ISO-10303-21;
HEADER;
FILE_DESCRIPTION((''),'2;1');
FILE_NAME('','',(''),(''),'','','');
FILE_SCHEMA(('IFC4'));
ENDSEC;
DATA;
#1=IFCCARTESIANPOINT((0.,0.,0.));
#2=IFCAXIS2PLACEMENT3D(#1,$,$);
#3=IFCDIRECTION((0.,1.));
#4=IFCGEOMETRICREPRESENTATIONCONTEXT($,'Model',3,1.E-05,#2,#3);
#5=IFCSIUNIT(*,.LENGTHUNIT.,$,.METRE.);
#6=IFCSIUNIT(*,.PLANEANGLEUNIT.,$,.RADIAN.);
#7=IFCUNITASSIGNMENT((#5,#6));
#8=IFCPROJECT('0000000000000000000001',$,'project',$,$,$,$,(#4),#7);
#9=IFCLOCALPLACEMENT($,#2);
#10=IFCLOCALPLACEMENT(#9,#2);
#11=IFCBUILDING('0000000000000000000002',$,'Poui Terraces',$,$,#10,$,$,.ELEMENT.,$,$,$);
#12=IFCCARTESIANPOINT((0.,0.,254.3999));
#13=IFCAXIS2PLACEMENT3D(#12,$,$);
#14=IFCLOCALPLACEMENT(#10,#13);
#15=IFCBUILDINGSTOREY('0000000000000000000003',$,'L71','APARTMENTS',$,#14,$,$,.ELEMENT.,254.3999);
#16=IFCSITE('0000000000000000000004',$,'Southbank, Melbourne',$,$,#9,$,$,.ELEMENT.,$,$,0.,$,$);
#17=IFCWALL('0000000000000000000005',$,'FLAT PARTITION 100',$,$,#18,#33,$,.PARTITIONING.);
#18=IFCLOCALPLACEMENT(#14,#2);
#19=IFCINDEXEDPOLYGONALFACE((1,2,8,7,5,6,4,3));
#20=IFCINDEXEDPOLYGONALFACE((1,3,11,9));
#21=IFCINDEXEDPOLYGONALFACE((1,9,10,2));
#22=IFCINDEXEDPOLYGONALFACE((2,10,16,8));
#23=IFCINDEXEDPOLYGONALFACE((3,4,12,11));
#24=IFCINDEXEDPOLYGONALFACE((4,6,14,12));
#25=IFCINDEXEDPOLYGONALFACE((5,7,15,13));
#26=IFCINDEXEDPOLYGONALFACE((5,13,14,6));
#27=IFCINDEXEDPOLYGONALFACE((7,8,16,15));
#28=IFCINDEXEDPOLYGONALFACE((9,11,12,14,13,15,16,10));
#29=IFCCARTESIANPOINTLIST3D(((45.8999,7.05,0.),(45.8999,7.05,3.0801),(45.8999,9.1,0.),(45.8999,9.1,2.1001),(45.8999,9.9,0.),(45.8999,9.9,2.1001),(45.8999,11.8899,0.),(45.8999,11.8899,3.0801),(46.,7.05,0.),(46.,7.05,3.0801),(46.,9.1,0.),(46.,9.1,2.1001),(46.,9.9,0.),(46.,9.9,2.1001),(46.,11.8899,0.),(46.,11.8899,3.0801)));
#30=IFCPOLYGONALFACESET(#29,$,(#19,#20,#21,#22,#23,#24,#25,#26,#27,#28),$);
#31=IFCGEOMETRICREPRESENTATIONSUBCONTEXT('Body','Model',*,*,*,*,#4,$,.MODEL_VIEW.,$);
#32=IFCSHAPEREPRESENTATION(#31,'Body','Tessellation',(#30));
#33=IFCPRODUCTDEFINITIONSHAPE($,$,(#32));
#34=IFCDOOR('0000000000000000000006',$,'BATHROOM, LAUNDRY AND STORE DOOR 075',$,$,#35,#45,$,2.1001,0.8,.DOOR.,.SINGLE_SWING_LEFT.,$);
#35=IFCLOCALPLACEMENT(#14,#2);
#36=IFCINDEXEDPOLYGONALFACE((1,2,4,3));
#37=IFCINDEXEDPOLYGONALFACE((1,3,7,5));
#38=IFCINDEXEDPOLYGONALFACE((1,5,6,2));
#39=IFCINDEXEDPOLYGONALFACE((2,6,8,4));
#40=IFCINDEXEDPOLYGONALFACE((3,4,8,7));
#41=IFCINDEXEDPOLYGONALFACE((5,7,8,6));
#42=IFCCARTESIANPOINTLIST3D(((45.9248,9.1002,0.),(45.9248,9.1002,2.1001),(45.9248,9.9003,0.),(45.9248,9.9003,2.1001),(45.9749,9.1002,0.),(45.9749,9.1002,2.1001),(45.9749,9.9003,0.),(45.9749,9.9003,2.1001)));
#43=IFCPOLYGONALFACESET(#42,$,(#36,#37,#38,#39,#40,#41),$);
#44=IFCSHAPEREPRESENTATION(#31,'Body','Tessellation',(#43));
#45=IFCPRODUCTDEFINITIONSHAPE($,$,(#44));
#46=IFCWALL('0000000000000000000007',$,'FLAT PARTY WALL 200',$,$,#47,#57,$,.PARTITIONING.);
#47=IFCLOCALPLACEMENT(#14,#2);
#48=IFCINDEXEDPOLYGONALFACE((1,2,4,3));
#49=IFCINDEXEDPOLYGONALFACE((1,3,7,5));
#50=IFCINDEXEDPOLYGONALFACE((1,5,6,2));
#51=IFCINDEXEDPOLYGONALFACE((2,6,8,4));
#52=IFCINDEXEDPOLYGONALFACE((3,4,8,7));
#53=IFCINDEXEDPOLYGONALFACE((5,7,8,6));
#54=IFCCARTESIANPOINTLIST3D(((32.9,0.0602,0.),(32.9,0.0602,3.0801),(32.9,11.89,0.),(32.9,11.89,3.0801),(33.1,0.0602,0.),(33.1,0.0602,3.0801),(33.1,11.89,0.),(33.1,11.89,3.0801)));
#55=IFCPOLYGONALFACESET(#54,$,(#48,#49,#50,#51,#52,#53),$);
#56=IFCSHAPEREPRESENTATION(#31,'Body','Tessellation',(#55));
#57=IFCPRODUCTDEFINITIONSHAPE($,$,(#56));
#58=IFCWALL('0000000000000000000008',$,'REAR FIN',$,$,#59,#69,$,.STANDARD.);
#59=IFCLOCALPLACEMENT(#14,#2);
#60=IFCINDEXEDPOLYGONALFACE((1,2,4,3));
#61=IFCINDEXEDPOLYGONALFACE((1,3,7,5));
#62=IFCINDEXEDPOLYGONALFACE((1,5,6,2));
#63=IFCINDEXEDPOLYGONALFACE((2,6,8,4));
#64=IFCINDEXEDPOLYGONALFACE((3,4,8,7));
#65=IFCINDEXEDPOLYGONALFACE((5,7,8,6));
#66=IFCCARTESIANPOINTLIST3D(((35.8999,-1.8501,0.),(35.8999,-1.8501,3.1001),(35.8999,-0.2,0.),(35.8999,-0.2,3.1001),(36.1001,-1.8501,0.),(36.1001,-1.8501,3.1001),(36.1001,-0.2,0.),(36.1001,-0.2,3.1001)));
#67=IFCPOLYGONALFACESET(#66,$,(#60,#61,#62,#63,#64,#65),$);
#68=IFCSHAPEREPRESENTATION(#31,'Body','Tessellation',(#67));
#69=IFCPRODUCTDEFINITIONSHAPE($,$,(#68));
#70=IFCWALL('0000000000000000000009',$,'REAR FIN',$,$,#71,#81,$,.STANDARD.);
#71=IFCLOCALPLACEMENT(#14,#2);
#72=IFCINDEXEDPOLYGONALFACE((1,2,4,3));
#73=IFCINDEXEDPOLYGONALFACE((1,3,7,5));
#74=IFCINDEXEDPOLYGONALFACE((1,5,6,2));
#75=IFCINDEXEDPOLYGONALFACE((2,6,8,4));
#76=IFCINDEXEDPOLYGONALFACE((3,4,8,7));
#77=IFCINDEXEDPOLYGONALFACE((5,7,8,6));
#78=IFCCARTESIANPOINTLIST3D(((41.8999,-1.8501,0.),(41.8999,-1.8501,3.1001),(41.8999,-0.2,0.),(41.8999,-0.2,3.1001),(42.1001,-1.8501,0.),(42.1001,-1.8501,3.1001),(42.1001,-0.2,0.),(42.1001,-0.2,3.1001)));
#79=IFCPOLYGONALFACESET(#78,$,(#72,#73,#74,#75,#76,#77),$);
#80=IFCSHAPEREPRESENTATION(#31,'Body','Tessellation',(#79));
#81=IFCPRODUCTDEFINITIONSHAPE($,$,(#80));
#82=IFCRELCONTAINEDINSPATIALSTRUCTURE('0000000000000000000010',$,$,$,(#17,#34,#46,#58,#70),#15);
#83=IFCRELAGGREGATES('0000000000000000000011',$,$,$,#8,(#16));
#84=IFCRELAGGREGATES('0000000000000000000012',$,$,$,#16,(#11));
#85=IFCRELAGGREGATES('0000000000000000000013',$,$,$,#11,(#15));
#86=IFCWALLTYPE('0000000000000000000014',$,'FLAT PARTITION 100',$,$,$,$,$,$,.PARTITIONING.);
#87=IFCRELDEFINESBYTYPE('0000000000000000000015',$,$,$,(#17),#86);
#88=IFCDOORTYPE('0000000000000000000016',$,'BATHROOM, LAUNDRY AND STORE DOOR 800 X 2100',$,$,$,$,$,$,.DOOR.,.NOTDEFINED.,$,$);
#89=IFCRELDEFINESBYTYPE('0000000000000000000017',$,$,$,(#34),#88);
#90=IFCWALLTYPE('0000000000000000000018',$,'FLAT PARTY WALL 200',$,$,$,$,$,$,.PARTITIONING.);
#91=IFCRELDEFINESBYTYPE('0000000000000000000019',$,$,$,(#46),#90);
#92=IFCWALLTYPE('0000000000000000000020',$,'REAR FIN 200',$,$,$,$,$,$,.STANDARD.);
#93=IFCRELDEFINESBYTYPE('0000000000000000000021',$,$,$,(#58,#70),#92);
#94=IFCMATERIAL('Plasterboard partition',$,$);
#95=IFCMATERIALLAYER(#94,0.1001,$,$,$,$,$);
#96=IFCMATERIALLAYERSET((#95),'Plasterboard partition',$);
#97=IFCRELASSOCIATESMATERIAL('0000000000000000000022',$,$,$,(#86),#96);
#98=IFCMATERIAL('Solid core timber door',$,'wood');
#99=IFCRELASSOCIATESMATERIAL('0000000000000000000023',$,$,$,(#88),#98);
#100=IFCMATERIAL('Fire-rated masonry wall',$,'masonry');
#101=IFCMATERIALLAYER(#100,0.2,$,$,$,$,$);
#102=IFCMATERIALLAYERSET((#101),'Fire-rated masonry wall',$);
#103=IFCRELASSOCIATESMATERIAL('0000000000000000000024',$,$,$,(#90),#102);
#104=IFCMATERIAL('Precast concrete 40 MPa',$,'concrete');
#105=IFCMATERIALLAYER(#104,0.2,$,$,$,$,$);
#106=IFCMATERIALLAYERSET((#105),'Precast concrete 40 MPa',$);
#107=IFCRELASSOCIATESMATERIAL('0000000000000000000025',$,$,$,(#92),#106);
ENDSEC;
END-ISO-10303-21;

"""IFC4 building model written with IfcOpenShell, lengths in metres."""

from ifc_helpers import new_model, si_unit, direction, frame, frame_2d, origin, place, context, subcontext, project, spatial, polyline, rectangle, outline, extrude, source, transform, mapped, material, layer, layer_set, type_object, element, fill, save


model = new_model("IFC4")

# Units and contexts
model_context = context("Model", 3, precision=1e-05, world=origin(), true_north=direction((0.0, 1.0)))
body_context = subcontext(model_context, "Body", "Model", "MODEL_VIEW")
ifc_project = project(units=[si_unit("LENGTHUNIT", "METRE"), si_unit("PLANEANGLEUNIT", "RADIAN")], contexts=[model_context])

# Site, building, storey
site_placement = place(None, origin())
site = spatial("IfcSite", under=ifc_project, at=site_placement, Name="Southbank, Melbourne", CompositionType="ELEMENT", RefElevation=0.0)
building_placement = place(site_placement, origin())
building = spatial("IfcBuilding", under=site, at=building_placement, Name="Poui Terraces", CompositionType="ELEMENT")
storey_placement = place(building_placement, frame((0.0, 0.0, 254.3999)))
storey = spatial("IfcBuildingStorey", under=building, at=storey_placement, Name="L71", Description="APARTMENTS", CompositionType="ELEMENT", Elevation=254.3999)

# Shared definitions
ifc_material_1 = material(Name="Precast concrete 40 MPa", Category="concrete")

# Shared definitions
ifc_material_2 = material(Name="Solid core timber door", Category="wood")

# Shared definitions
ifc_material_3 = material(Name="Plasterboard partition")
ifc_layer_1 = layer(ifc_material_3, 0.1001)
ifc_layer_set_1 = layer_set([ifc_layer_1], Name="Plasterboard partition")
wall_type_1 = type_object("IfcWallType", Name="FLAT PARTITION 100", PredefinedType="PARTITIONING", material=ifc_layer_set_1)

# Shared definitions
door_type_1 = type_object("IfcDoorType", Name="BATHROOM, LAUNDRY AND STORE DOOR 800 X 2100", OperationType="NOTDEFINED", PredefinedType="DOOR", material=ifc_material_2)

# Wall, opening, door
wall_1_placement = place(storey_placement, frame((45.95, 7.05, 0.0), z_axis=(0.0, 0.0, 1.0), x_axis=(0.0, 1.0, 0.0)))
wall_1 = element("IfcWall", 1, at=wall_1_placement, inside=storey, type_object=wall_type_1, Name="FLAT PARTITION 100", PredefinedType="PARTITIONING", context=body_context, shape_type="SweptSolid", body=[
    extrude(rectangle(XDim=4.8398, YDim=0.1001, at=frame_2d((2.4199, 0.0))), origin(), (0.0, 0.0, 1.0), 3.0801),
])
opening_1_placement = place(wall_1_placement, frame((2.05, 0.0, 0.0)))
opening_1 = element("IfcOpeningElement", 2, at=opening_1_placement, cuts=wall_1, PredefinedType="OPENING", context=body_context, shape_type="SweptSolid", body=[
    extrude(rectangle(XDim=0.8, YDim=2.1001, at=frame_2d((0.3999, 1.05))), frame((0.0, 0.0601, 0.0), z_axis=(0.0, -1.0, 0.0), x_axis=(1.0, 0.0, 0.0)), (0.0, 0.0, 1.0), 0.1201),
])
door_1_placement = place(opening_1_placement, frame((0.8, 0.0, 0.0), z_axis=(0.0, 0.0, 1.0), x_axis=(-1.0, 0.0, 0.0)))
door_1 = element("IfcDoor", 3, at=door_1_placement, inside=storey, type_object=door_type_1, Name="BATHROOM, LAUNDRY AND STORE DOOR 075", OperationType="SINGLE_SWING_LEFT", OverallHeight=2.1001, OverallWidth=0.8, PredefinedType="DOOR", context=body_context, shape_type="SweptSolid", body=[
    extrude(rectangle(XDim=0.8, YDim=2.1001, at=frame_2d((0.3999, 1.05))), frame((0.0, 0.0249, 0.0), z_axis=(0.0, -1.0, 0.0), x_axis=(1.0, 0.0, 0.0)), (0.0, 0.0, 1.0), 0.05),
])
fill(opening_1, door_1)

# Walls
ifc_material_4 = material(Name="Fire-rated masonry wall", Category="masonry")
ifc_layer_2 = layer(ifc_material_4, 0.2)
ifc_layer_set_2 = layer_set([ifc_layer_2], Name="Fire-rated masonry wall")
wall_type_2 = type_object("IfcWallType", Name="FLAT PARTY WALL 200", PredefinedType="PARTITIONING", material=ifc_layer_set_2)
wall_2_placement = place(storey_placement, frame((33.0, 0.0601, 0.0), z_axis=(0.0, 0.0, 1.0), x_axis=(0.0, 1.0, 0.0)))
element("IfcWall", 4, at=wall_2_placement, inside=storey, type_object=wall_type_2, Name="FLAT PARTY WALL 200", PredefinedType="PARTITIONING", context=body_context, shape_type="SweptSolid", body=[
    extrude(rectangle(XDim=11.8298, YDim=0.2, at=frame_2d((5.915, 0.0))), origin(), (0.0, 0.0, 1.0), 3.0801),
])
ifc_layer_3 = layer(ifc_material_1, 0.2)
ifc_layer_set_3 = layer_set([ifc_layer_3], Name="Precast concrete 40 MPa")
wall_type_3 = type_object("IfcWallType", Name="REAR FIN 200", PredefinedType="STANDARD", material=ifc_layer_set_3)
shared_shape_1 = source(origin(), body_context, "Body", "SweptSolid", [
    extrude(outline(polyline([(0.0, 0.0), (0.2002, 0.0), (0.2002, 1.6501), (0.0, 1.6501), (0.0, 0.0)])), origin(), (0.0, 0.0, 1.0), 3.1001),
])
for number, where, name in (
    (5, (35.8999, -1.8501, 0.0), "REAR FIN"),
    (6, (41.8999, -1.8501, 0.0), "REAR FIN"),
):
    element("IfcWall", number, at=place(storey_placement, frame(where)), inside=storey, type_object=wall_type_3, Name=name, PredefinedType="STANDARD", context=body_context, shape_type="MappedRepresentation", body=[
        mapped(shared_shape_1, transform((0.0, 0.0, 0.0))),
    ])

save(model, "model.ifc")
